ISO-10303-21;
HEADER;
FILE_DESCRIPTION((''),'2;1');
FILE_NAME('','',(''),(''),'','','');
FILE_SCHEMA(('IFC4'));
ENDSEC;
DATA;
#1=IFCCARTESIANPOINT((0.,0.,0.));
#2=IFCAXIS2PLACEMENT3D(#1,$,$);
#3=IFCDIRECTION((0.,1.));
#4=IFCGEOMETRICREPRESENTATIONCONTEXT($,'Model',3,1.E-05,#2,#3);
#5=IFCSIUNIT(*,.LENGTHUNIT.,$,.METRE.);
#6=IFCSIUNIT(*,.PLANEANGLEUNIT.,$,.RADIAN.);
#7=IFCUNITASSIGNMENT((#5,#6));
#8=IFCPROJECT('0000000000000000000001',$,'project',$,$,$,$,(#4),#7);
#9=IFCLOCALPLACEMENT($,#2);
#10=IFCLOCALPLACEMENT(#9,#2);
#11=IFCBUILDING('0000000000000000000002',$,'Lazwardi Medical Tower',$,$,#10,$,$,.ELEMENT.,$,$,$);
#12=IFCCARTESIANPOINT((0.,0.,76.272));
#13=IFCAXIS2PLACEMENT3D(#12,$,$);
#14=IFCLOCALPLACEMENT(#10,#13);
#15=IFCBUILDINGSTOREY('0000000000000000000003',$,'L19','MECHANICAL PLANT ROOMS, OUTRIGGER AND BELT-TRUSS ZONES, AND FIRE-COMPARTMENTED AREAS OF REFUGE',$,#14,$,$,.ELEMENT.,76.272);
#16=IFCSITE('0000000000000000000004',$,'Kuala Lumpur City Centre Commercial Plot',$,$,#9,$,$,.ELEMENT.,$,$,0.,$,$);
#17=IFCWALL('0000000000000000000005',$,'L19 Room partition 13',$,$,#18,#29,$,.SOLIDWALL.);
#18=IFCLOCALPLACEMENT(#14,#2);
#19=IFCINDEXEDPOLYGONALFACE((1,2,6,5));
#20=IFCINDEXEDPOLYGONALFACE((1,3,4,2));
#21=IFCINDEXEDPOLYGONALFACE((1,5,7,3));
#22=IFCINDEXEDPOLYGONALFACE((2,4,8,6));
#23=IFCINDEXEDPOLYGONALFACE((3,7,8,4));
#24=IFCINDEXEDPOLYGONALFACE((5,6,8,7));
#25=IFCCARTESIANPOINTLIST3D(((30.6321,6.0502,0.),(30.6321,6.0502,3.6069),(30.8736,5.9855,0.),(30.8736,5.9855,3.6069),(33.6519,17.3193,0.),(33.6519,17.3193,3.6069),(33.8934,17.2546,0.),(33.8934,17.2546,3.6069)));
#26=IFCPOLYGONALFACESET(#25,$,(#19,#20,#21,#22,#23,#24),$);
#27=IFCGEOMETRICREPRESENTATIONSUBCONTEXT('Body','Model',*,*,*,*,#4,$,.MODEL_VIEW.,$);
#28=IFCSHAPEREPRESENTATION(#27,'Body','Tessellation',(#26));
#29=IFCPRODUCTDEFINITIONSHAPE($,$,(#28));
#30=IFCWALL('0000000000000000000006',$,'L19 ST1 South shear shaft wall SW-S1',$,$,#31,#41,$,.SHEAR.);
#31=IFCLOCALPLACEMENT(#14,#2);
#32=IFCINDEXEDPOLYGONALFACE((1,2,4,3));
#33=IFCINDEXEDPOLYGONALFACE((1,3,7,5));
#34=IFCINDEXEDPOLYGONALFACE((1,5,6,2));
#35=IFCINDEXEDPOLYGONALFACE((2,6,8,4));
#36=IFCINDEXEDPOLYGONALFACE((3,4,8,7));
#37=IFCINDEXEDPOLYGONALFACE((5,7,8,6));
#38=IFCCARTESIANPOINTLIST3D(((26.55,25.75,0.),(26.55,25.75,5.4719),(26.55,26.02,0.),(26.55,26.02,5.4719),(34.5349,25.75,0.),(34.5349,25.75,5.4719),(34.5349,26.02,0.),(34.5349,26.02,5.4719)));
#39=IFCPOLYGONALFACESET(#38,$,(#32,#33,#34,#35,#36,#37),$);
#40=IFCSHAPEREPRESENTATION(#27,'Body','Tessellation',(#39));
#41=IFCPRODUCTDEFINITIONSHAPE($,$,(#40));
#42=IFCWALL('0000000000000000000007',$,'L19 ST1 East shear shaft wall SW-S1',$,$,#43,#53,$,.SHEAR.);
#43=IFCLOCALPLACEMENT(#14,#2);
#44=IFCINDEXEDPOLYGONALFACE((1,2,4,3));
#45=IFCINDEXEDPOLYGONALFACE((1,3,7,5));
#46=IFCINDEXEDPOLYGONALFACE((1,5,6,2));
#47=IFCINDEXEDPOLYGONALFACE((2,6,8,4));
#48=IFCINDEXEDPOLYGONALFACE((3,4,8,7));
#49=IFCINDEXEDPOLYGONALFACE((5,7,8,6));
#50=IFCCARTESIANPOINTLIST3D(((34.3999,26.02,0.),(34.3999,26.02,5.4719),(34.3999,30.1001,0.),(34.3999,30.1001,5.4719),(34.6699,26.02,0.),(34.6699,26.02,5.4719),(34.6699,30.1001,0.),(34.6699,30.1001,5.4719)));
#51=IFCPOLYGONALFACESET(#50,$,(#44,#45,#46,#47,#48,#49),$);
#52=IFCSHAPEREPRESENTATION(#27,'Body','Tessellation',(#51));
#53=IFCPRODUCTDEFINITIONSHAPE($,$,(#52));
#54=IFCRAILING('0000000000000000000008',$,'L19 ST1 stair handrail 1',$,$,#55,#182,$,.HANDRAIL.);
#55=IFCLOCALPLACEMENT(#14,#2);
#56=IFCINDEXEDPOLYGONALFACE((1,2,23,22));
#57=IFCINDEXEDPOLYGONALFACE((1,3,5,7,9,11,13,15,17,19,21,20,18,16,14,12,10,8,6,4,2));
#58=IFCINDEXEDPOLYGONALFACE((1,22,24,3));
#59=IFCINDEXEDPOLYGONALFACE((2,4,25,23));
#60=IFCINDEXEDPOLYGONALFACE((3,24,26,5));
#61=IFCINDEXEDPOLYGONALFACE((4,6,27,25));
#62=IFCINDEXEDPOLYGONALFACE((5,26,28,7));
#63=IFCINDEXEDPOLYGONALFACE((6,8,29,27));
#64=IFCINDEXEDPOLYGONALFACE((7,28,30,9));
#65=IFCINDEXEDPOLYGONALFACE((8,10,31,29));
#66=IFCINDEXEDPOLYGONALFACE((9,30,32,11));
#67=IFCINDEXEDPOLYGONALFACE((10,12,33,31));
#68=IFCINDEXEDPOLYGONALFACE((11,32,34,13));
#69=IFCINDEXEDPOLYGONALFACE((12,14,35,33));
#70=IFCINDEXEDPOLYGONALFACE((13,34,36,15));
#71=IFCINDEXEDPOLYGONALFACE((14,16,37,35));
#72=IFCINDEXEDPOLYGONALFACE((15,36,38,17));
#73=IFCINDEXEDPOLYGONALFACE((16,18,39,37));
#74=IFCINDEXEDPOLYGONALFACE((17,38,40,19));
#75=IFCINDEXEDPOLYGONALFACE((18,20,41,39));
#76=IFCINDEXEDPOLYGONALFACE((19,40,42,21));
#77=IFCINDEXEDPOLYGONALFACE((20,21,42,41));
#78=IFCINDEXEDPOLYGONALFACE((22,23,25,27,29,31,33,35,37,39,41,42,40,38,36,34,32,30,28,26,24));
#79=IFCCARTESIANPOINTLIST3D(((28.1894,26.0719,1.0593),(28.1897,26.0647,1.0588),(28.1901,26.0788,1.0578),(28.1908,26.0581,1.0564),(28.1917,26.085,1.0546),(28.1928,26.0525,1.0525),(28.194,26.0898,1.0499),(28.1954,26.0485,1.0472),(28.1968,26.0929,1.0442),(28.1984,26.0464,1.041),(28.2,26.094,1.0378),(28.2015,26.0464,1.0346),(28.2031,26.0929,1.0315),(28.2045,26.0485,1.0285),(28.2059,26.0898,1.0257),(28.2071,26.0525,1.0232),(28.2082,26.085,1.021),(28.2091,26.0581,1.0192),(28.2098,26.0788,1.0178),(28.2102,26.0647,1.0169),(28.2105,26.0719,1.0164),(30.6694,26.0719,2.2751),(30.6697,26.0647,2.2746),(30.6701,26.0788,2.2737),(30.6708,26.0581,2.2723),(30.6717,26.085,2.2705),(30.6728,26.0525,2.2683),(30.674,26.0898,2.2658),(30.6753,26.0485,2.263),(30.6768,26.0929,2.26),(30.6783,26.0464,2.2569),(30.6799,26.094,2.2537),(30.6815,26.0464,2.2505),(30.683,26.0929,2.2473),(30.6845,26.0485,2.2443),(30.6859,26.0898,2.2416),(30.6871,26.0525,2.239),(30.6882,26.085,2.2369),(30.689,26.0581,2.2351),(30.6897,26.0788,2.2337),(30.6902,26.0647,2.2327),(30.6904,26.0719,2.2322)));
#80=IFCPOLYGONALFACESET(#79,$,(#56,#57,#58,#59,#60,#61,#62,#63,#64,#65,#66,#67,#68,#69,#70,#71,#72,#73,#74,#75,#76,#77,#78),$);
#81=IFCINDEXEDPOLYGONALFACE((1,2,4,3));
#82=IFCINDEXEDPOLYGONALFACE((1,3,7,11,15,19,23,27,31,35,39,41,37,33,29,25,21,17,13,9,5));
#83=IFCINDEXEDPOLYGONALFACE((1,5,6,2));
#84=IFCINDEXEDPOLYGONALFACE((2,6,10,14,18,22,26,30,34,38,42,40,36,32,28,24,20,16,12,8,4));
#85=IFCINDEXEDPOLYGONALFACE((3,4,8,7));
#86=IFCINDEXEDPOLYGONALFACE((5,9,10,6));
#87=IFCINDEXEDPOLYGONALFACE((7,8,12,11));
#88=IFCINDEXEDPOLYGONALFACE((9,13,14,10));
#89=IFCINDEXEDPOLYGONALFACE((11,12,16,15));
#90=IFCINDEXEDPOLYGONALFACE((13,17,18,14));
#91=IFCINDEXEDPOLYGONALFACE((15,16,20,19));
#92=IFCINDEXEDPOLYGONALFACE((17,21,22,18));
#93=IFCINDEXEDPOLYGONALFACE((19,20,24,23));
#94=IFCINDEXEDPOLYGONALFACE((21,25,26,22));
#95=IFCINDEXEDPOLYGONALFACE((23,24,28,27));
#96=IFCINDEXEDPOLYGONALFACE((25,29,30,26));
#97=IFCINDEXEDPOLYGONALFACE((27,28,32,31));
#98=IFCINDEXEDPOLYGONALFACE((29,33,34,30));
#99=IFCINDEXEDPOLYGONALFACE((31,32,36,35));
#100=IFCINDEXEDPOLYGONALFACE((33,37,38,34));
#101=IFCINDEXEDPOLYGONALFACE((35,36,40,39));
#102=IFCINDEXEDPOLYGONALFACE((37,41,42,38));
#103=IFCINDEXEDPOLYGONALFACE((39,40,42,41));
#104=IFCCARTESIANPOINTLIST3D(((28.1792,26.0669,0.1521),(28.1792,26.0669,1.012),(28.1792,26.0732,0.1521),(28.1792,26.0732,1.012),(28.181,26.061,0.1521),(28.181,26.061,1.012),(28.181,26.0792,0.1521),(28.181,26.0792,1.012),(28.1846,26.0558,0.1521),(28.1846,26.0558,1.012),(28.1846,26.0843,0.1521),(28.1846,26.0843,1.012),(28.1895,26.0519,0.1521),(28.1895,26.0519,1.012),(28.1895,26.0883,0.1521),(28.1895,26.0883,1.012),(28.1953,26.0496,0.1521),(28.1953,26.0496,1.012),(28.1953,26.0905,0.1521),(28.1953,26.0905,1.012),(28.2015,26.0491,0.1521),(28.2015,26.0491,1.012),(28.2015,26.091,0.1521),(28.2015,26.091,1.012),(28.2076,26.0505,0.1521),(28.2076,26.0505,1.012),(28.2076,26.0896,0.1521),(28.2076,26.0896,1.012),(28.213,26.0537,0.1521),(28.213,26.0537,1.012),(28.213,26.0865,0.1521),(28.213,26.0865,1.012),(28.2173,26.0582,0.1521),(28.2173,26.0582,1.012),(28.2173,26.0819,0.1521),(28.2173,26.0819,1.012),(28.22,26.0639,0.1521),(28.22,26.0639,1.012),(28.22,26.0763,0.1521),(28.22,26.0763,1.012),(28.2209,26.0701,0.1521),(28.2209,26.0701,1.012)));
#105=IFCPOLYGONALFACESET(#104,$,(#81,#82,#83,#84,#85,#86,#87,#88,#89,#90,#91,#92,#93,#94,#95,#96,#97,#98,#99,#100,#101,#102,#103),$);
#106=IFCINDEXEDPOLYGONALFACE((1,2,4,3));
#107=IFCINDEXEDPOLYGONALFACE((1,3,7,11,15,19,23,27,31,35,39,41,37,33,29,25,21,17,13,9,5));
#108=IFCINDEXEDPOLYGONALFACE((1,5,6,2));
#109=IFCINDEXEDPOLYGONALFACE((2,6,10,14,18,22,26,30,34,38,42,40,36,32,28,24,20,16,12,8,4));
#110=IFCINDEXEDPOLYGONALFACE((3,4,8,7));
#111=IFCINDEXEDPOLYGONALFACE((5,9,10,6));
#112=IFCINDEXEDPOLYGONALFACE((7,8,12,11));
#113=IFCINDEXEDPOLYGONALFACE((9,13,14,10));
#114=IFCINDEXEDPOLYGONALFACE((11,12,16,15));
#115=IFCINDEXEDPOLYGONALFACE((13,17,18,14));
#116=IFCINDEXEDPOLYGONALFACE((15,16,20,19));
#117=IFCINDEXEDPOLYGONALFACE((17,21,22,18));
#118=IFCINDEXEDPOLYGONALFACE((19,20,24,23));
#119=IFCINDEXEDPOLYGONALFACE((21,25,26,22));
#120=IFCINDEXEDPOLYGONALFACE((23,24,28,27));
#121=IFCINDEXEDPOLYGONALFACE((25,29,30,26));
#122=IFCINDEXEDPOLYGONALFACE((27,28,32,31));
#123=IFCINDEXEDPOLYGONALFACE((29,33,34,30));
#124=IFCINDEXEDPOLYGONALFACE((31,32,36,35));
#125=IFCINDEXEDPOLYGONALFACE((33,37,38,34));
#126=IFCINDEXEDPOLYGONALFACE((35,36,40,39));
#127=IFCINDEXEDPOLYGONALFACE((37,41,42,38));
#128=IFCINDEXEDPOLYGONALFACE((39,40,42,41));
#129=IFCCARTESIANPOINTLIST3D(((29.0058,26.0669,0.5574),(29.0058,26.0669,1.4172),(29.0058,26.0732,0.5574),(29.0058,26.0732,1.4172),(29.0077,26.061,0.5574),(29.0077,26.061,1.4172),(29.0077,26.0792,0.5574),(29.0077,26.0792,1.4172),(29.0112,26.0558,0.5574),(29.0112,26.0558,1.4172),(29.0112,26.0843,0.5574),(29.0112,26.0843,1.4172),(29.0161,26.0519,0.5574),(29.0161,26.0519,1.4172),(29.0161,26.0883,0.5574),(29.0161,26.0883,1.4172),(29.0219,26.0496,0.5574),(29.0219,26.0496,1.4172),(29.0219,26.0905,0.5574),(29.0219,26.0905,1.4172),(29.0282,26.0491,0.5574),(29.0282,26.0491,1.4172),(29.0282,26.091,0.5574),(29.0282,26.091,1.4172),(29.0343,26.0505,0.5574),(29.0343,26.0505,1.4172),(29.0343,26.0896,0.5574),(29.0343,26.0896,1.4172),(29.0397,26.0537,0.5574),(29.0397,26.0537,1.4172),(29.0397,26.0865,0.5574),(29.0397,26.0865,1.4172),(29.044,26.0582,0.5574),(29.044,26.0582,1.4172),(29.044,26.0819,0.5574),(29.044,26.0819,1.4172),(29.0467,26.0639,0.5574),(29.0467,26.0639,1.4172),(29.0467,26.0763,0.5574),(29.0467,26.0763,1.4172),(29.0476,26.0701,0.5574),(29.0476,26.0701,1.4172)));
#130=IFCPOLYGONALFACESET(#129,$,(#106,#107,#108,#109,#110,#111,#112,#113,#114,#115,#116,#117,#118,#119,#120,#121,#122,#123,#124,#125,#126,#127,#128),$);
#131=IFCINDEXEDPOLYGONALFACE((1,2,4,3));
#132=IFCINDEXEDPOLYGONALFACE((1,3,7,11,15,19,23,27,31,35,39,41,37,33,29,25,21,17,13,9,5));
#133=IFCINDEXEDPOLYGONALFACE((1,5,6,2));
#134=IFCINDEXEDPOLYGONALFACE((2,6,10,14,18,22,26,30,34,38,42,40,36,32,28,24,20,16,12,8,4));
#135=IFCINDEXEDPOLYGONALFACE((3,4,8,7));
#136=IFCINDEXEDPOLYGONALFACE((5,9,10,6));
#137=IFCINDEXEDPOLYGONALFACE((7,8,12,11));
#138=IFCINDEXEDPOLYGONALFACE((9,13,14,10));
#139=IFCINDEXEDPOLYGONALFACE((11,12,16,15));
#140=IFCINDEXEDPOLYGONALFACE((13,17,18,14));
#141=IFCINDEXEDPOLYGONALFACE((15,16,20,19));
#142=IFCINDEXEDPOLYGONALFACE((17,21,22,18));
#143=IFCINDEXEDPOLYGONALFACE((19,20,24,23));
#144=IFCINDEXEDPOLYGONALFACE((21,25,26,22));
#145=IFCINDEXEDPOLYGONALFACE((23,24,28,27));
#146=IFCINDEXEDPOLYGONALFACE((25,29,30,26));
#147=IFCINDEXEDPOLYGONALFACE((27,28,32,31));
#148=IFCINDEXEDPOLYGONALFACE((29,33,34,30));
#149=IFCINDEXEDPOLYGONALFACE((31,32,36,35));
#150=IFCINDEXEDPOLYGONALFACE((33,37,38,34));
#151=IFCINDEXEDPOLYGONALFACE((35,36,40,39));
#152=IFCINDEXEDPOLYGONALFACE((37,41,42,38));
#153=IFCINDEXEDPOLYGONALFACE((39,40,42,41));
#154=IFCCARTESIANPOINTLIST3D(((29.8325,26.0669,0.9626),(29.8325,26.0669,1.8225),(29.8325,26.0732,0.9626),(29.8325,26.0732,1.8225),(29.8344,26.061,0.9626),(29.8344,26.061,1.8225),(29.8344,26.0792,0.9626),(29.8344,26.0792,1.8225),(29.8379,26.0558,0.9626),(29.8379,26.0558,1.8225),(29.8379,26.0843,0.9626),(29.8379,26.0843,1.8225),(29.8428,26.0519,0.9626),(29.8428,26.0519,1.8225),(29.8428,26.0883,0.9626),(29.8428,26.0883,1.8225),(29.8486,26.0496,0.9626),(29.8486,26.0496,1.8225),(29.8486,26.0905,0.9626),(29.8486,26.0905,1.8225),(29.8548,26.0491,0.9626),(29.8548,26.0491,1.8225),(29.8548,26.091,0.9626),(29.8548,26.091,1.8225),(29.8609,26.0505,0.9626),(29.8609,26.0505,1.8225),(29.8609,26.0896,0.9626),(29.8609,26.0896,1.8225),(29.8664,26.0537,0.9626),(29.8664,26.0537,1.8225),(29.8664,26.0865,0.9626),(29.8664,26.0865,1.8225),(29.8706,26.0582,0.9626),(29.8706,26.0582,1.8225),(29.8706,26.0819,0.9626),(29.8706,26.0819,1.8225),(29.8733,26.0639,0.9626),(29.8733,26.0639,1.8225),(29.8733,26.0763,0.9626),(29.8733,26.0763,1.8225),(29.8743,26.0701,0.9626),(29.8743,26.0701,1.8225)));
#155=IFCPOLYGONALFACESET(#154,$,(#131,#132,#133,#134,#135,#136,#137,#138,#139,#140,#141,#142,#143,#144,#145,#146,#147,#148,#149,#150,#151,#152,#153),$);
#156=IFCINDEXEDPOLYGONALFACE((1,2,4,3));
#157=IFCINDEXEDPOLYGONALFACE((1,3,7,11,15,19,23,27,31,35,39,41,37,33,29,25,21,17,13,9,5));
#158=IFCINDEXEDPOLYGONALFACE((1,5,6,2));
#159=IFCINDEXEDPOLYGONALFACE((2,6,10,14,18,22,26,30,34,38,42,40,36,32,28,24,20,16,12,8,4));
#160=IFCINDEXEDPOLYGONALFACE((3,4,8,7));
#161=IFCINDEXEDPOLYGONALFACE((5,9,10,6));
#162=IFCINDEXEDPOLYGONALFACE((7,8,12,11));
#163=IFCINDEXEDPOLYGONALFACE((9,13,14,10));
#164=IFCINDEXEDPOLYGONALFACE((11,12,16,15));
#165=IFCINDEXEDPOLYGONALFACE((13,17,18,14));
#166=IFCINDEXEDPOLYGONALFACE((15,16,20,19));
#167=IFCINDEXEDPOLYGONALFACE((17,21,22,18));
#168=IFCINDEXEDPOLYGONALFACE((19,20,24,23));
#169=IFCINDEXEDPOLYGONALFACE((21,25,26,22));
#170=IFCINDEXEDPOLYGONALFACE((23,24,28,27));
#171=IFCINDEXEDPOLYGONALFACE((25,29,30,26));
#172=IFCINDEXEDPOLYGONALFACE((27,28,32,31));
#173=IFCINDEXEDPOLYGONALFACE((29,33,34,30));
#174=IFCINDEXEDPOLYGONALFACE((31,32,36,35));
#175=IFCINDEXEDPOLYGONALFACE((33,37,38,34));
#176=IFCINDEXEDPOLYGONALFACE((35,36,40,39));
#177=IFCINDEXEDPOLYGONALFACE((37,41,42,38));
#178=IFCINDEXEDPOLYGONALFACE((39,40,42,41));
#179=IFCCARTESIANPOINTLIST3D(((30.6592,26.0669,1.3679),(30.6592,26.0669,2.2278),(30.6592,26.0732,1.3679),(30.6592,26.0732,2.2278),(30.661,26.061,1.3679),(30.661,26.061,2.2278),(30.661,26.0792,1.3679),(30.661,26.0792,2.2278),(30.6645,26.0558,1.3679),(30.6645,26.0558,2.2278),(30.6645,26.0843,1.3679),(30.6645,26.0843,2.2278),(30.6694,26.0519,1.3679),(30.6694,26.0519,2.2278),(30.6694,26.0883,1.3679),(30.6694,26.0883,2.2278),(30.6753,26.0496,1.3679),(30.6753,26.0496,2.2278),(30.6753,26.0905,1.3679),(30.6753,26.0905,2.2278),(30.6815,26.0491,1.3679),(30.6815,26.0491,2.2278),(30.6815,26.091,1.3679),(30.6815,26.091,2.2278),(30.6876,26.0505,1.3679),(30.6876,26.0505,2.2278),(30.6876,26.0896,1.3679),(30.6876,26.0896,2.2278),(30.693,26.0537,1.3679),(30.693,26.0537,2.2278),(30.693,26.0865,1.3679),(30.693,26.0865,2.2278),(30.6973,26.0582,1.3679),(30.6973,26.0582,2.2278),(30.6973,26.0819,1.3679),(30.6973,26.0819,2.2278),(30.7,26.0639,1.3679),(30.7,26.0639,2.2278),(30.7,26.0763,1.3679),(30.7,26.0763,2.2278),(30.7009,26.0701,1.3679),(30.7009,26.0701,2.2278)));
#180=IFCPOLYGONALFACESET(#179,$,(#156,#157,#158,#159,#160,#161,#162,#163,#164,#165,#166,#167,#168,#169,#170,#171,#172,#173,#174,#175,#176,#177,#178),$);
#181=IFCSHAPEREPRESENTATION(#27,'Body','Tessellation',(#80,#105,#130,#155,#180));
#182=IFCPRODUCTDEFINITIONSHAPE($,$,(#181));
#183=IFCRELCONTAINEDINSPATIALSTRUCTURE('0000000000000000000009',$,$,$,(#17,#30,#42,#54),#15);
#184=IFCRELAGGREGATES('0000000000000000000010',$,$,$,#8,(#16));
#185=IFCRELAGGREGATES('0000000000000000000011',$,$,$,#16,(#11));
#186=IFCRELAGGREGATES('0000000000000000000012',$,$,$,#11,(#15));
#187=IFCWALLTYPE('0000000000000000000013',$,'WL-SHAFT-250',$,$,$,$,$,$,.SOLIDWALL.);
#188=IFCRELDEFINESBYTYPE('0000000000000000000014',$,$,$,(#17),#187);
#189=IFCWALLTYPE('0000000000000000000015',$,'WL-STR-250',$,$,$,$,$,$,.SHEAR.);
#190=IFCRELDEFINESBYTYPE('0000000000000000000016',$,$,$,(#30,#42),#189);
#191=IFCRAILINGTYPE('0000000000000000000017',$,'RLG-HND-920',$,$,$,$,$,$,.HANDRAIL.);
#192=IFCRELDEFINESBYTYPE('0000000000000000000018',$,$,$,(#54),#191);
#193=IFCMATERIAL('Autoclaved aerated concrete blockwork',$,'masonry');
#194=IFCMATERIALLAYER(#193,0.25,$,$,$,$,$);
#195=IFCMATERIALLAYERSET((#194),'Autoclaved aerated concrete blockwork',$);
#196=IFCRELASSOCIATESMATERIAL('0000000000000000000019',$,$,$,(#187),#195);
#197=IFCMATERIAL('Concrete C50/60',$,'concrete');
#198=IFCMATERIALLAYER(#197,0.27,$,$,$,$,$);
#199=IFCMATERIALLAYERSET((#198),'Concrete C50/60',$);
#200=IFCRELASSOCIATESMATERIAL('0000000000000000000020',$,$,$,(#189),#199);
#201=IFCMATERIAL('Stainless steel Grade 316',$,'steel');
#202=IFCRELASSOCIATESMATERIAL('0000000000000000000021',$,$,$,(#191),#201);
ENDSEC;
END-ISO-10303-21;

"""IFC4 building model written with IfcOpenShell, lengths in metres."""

from ifc_helpers import new_model, si_unit, direction, frame, frame_2d, origin, origin_2d, place, context, subcontext, project, spatial, rectangle, circle, extrude, material, layer, layer_set, type_object, element, save


model = new_model("IFC4")

# Units and contexts
model_context = context("Model", 3, precision=1e-05, world=origin(), true_north=direction((0.0, 1.0)))
body_context = subcontext(model_context, "Body", "Model", "MODEL_VIEW")
ifc_project = project(units=[si_unit("LENGTHUNIT", "METRE"), si_unit("PLANEANGLEUNIT", "RADIAN")], contexts=[model_context])

# Site, building, storey
site_placement = place(None, origin())
site = spatial("IfcSite", under=ifc_project, at=site_placement, Name="Kuala Lumpur City Centre Commercial Plot", CompositionType="ELEMENT", RefElevation=0.0)
building_placement = place(site_placement, origin())
building = spatial("IfcBuilding", under=site, at=building_placement, Name="Lazwardi Medical Tower", CompositionType="ELEMENT")
storey_placement = place(building_placement, frame((0.0, 0.0, 76.272)))
storey = spatial("IfcBuildingStorey", under=building, at=storey_placement, Name="L19", Description="MECHANICAL PLANT ROOMS, OUTRIGGER AND BELT-TRUSS ZONES, AND FIRE-COMPARTMENTED AREAS OF REFUGE", CompositionType="ELEMENT", Elevation=76.272)

# Shared definitions
ifc_material_1 = material(Name="Autoclaved aerated concrete blockwork", Category="masonry")
ifc_layer_1 = layer(ifc_material_1, 0.25)
ifc_layer_set_1 = layer_set([ifc_layer_1], Name="Autoclaved aerated concrete blockwork")
wall_type_1 = type_object("IfcWallType", Name="WL-SHAFT-250", PredefinedType="SOLIDWALL", material=ifc_layer_set_1)

# Walls
wall_1_placement = place(storey_placement, frame((33.7727, 17.2871, 0.0), z_axis=(0.0, 0.0, 1.0), x_axis=(-0.258839, -0.965921, 0.0)))
element("IfcWall", 1, at=wall_1_placement, inside=storey, type_object=wall_type_1, Name="L19 Room partition 13", PredefinedType="SOLIDWALL", context=body_context, shape_type="SweptSolid", body=[
    extrude(rectangle(XDim=11.6667, YDim=0.25, at=frame_2d((5.8335, 0.0))), origin(), (0.0, 0.0, 1.0), 3.6069),
])
ifc_material_2 = material(Name="Concrete C50/60", Category="concrete")
ifc_layer_2 = layer(ifc_material_2, 0.27)
ifc_layer_set_2 = layer_set([ifc_layer_2], Name="Concrete C50/60")
wall_type_2 = type_object("IfcWallType", Name="WL-STR-250", PredefinedType="SHEAR", material=ifc_layer_set_2)
wall_2_placement = place(storey_placement, frame((26.55, 25.885, 0.0), z_axis=(0.0, 0.0, 1.0), x_axis=(1.0, 0.0, 0.0)))
element("IfcWall", 2, at=wall_2_placement, inside=storey, type_object=wall_type_2, Name="L19 ST1 South shear shaft wall SW-S1", PredefinedType="SHEAR", context=body_context, shape_type="SweptSolid", body=[
    extrude(rectangle(XDim=7.9849, YDim=0.27, at=frame_2d((3.9924, 0.0))), origin(), (0.0, 0.0, 1.0), 5.4719),
])

# Wall
wall_3_placement = place(storey_placement, frame((34.5349, 26.02, 0.0), z_axis=(0.0, 0.0, 1.0), x_axis=(0.0, 1.0, 0.0)))
element("IfcWall", 3, at=wall_3_placement, inside=storey, type_object=wall_type_2, Name="L19 ST1 East shear shaft wall SW-S1", PredefinedType="SHEAR", context=body_context, shape_type="SweptSolid", body=[
    extrude(rectangle(XDim=4.0801, YDim=0.27, at=frame_2d((2.04, 0.0))), origin(), (0.0, 0.0, 1.0), 5.4719),
])

# Railing
ifc_material_3 = material(Name="Stainless steel Grade 316", Category="steel")
railing_type = type_object("IfcRailingType", Name="RLG-HND-920", PredefinedType="HANDRAIL", material=ifc_material_3)
railing_1_placement = place(storey_placement, frame((28.2, 26.0701, 0.1521)))
element("IfcRailing", 4, at=railing_1_placement, inside=storey, type_object=railing_type, Name="L19 ST1 stair handrail 1", PredefinedType="HANDRAIL", context=body_context, shape_type="SweptSolid", body=[
    extrude(circle(Radius=0.0239, at=origin_2d()), frame((0.0, 0.0, 0.8857), z_axis=(0.8979, 0.0, 0.440199), x_axis=(0.0, 1.0, 0.0)), (0.0, 0.0, 1.0), 2.762),
    extrude(circle(Radius=0.021, at=origin_2d()), origin(), (0.0, 0.0, 1.0), 0.8599),
    extrude(circle(Radius=0.021, at=origin_2d()), frame((0.8267, 0.0, 0.4053)), (0.0, 0.0, 1.0), 0.8599),
    extrude(circle(Radius=0.021, at=origin_2d()), frame((1.6533, 0.0, 0.8105)), (0.0, 0.0, 1.0), 0.8599),
    extrude(circle(Radius=0.021, at=origin_2d()), frame((2.48, 0.0, 1.2158)), (0.0, 0.0, 1.0), 0.8599),
])

save(model, "model.ifc")
